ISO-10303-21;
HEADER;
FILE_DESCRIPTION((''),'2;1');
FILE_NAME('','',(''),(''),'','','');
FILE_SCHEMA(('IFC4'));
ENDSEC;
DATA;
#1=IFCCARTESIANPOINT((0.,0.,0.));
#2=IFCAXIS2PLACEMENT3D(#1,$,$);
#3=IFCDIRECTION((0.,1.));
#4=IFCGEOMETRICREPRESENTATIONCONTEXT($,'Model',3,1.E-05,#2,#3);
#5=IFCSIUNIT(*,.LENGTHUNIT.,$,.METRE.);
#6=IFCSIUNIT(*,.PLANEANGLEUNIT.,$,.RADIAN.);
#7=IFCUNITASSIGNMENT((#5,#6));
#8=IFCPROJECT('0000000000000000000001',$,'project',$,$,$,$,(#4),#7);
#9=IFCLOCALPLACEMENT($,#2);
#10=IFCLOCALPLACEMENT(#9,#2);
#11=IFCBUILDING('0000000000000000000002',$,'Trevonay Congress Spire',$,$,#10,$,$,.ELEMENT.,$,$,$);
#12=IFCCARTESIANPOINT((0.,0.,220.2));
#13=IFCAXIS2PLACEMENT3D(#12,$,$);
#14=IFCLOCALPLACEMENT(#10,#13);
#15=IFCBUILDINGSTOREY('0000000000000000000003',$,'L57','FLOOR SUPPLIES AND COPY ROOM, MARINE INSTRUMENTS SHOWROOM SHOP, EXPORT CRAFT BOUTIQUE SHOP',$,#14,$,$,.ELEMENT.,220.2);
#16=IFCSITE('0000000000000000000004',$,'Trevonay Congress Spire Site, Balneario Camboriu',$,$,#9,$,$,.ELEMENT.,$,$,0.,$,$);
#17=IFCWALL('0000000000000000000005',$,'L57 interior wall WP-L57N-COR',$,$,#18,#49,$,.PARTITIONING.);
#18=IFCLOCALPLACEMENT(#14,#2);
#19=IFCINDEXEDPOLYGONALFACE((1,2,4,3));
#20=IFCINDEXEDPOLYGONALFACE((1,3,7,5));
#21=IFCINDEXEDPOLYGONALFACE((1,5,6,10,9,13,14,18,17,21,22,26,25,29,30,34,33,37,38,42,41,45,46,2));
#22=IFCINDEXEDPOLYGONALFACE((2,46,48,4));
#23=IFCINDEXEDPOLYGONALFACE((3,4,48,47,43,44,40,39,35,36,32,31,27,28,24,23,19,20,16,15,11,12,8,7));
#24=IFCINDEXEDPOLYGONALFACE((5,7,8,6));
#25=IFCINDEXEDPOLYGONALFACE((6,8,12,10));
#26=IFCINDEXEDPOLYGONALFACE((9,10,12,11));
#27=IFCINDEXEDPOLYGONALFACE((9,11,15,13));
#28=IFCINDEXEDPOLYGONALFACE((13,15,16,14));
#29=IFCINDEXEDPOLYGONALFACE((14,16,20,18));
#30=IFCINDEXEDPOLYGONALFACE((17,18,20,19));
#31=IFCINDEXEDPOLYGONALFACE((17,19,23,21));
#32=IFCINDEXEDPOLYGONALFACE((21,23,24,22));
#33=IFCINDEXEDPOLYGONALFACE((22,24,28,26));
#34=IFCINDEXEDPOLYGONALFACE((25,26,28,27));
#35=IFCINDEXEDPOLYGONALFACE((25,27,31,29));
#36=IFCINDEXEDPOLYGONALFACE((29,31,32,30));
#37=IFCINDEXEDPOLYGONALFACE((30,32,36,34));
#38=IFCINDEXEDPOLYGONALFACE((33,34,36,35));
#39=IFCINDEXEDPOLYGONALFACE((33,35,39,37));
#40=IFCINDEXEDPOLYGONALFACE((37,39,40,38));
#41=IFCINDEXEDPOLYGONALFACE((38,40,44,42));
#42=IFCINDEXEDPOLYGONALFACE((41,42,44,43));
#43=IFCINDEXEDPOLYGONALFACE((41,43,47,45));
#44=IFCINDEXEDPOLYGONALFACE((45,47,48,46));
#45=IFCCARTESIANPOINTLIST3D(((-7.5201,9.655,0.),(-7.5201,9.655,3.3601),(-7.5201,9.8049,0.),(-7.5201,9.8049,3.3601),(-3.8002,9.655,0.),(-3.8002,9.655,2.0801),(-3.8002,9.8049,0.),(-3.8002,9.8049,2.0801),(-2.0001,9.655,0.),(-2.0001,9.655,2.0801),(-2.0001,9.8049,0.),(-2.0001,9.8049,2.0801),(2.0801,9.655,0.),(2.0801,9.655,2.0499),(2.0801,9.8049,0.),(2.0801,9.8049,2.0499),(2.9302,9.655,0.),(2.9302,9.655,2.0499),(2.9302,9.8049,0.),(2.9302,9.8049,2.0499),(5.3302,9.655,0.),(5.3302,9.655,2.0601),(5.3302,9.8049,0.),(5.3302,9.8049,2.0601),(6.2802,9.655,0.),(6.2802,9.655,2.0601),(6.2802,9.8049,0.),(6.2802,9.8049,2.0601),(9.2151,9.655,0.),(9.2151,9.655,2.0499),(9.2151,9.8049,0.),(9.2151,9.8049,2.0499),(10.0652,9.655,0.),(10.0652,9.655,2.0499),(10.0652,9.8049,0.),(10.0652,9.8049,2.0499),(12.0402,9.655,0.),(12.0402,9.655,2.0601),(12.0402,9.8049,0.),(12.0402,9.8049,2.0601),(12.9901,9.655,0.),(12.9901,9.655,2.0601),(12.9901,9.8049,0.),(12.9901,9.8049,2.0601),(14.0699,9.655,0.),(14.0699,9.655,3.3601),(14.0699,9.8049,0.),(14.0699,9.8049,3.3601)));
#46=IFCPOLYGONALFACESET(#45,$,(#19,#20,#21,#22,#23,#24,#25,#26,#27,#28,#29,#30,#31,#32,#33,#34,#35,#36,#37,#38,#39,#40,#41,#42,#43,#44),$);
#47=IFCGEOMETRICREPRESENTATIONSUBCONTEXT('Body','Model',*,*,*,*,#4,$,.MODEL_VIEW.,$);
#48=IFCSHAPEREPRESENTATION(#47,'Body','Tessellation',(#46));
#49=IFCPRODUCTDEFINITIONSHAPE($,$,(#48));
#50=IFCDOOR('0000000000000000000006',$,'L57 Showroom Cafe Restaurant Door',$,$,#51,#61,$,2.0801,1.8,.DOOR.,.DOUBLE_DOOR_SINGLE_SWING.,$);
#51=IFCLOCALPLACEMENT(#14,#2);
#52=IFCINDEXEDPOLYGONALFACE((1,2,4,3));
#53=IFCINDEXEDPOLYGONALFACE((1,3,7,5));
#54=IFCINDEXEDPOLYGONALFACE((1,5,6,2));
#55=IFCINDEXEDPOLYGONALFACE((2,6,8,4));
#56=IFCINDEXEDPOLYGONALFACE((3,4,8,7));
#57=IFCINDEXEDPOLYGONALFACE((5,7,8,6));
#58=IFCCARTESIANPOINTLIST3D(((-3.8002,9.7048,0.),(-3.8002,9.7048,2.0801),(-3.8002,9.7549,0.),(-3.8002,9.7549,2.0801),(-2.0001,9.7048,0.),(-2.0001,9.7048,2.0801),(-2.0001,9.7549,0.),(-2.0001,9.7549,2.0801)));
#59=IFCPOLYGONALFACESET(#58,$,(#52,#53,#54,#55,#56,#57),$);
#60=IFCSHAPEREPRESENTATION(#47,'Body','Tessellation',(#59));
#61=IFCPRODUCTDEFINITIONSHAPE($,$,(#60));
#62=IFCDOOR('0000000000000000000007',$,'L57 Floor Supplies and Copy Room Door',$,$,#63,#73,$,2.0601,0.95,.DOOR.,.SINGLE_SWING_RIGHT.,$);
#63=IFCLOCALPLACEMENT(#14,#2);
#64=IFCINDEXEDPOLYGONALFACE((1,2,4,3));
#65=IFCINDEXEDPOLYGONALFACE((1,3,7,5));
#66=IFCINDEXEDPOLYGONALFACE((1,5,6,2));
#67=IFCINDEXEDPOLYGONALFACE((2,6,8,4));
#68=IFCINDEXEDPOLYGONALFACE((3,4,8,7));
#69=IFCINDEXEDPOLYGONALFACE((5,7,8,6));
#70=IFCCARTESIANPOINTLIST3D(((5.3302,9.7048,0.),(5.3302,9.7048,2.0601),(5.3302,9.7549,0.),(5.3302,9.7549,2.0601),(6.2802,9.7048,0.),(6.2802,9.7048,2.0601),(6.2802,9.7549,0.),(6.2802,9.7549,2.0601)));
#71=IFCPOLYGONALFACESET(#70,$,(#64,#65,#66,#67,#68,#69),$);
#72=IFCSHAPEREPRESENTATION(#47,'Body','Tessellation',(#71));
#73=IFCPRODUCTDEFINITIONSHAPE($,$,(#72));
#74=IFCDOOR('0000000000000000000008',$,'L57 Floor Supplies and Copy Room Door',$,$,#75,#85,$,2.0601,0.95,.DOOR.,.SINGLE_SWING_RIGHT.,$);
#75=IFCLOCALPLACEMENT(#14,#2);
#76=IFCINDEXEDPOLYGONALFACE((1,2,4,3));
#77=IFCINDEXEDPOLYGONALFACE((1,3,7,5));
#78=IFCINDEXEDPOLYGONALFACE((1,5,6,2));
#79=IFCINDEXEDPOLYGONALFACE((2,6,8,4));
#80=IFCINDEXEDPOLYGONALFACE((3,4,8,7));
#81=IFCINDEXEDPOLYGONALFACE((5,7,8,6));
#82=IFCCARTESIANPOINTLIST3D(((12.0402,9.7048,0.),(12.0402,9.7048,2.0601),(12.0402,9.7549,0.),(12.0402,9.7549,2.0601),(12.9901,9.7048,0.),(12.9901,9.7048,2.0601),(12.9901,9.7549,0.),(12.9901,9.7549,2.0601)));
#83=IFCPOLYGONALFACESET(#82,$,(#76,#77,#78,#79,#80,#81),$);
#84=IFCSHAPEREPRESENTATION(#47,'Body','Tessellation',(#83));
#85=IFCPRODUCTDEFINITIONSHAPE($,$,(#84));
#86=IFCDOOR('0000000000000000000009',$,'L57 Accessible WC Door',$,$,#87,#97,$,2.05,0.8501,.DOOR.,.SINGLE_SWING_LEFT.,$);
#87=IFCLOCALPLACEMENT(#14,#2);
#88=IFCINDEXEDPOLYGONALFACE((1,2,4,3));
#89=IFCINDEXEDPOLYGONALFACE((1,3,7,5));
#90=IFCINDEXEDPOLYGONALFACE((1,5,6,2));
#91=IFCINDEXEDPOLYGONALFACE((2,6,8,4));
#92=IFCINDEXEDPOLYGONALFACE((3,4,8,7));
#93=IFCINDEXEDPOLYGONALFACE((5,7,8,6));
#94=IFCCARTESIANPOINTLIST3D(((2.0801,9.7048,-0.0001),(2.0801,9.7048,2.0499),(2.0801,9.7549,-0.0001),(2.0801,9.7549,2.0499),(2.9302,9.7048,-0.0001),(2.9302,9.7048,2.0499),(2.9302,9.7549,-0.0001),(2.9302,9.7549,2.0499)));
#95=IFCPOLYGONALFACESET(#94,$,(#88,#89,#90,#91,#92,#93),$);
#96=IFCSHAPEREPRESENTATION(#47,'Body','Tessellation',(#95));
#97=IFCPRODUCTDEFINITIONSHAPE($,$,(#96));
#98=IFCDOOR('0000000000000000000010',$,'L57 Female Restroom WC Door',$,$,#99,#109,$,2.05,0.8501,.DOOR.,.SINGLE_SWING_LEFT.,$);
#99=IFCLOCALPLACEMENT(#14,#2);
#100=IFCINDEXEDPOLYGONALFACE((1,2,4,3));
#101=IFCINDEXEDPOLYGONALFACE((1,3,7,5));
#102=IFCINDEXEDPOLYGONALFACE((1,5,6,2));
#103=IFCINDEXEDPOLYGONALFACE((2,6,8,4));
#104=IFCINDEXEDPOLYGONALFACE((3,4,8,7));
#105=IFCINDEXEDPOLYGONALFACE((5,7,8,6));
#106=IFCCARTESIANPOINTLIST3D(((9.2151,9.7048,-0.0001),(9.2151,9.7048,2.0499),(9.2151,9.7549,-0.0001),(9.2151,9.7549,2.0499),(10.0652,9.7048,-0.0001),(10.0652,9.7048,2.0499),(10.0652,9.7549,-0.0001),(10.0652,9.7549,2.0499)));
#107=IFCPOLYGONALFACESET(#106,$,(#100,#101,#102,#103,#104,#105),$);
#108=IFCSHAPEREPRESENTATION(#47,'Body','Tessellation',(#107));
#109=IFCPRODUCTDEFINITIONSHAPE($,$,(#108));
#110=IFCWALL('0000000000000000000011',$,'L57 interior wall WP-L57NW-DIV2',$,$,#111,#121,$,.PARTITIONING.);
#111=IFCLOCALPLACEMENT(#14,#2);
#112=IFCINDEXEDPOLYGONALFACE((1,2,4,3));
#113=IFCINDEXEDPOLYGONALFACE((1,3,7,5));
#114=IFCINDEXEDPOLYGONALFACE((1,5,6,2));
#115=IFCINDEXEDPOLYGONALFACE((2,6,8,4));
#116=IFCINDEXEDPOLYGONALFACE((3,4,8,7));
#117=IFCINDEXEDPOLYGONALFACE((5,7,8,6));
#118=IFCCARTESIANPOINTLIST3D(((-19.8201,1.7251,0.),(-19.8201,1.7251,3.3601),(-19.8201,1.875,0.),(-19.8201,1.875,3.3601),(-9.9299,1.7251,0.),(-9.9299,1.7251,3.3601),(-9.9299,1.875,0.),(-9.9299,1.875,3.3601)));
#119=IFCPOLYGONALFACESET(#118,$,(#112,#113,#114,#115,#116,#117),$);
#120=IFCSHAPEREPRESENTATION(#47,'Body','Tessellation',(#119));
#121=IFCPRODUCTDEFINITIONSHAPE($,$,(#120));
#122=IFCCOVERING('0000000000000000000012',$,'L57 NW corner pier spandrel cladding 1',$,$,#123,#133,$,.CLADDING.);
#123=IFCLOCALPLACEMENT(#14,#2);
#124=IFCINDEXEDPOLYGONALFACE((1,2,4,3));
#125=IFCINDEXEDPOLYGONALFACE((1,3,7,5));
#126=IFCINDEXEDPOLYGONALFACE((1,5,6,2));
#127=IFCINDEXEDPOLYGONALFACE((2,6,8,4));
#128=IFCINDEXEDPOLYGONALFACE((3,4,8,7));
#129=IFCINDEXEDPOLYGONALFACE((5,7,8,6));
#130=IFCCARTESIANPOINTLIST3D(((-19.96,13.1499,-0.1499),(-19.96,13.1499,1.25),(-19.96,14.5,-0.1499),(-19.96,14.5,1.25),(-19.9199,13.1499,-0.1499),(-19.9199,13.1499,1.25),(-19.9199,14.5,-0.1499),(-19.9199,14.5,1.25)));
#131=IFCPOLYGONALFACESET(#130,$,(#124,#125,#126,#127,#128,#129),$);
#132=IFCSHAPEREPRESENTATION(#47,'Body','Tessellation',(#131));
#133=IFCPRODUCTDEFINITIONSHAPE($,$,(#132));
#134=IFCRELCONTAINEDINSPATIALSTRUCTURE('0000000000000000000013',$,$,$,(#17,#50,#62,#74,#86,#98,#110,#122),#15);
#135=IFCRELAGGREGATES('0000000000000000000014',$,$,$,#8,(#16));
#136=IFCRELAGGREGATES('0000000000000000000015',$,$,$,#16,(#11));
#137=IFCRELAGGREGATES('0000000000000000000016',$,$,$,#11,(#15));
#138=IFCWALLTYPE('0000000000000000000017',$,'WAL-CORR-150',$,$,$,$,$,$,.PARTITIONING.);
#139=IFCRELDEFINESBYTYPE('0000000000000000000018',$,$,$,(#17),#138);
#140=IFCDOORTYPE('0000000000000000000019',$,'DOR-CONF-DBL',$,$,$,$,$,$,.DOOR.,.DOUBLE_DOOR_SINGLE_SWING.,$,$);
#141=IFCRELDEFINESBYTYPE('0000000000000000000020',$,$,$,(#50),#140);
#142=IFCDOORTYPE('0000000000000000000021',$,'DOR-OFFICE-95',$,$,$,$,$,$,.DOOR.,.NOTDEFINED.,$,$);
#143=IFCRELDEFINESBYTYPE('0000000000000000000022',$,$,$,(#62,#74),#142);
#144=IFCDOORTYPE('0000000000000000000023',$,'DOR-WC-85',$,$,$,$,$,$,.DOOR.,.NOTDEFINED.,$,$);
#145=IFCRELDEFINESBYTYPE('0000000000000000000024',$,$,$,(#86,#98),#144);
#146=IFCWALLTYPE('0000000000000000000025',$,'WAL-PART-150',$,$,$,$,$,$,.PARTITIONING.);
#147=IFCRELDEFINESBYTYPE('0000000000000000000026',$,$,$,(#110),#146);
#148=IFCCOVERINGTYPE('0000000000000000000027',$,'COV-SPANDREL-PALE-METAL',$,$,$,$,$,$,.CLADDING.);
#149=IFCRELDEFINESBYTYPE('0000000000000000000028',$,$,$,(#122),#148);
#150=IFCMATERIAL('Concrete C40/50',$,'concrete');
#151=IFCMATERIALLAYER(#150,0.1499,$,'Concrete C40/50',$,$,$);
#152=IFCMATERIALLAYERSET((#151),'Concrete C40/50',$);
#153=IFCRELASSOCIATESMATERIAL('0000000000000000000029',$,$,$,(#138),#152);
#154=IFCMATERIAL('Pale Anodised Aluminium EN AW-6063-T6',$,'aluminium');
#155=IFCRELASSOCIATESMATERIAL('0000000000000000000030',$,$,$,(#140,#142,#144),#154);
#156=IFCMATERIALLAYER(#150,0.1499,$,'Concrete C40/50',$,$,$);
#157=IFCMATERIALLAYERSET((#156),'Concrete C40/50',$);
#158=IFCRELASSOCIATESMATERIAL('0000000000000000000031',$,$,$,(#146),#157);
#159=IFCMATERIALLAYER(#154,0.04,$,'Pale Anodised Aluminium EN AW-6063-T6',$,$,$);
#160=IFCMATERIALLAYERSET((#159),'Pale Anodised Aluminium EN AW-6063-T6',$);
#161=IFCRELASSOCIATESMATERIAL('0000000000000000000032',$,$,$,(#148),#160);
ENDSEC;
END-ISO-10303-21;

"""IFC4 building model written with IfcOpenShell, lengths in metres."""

from ifc_helpers import new_model, si_unit, direction, frame, frame_2d, origin, place, context, subcontext, project, spatial, rectangle, extrude, material, layer, layer_set, type_object, element, fill, save


model = new_model("IFC4")

# Units and contexts
model_context = context("Model", 3, precision=1e-05, world=origin(), true_north=direction((0.0, 1.0)))
body_context = subcontext(model_context, "Body", "Model", "MODEL_VIEW")
ifc_project = project(units=[si_unit("LENGTHUNIT", "METRE"), si_unit("PLANEANGLEUNIT", "RADIAN")], contexts=[model_context])

# Site, building, storey
site_placement = place(None, origin())
site = spatial("IfcSite", under=ifc_project, at=site_placement, Name="Trevonay Congress Spire Site, Balneario Camboriu", CompositionType="ELEMENT", RefElevation=0.0)
building_placement = place(site_placement, origin())
building = spatial("IfcBuilding", under=site, at=building_placement, Name="Trevonay Congress Spire", CompositionType="ELEMENT")
storey_placement = place(building_placement, frame((0.0, 0.0, 220.2)))
storey = spatial("IfcBuildingStorey", under=building, at=storey_placement, Name="L57", Description="FLOOR SUPPLIES AND COPY ROOM, MARINE INSTRUMENTS SHOWROOM SHOP, EXPORT CRAFT BOUTIQUE SHOP", CompositionType="ELEMENT", Elevation=220.2)

# Shared definitions
ifc_material_1 = material(Name="Pale Anodised Aluminium EN AW-6063-T6", Category="aluminium")

# Wall, openings, doors
ifc_material_2 = material(Name="Concrete C40/50", Category="concrete")
ifc_layer_1 = layer(ifc_material_2, 0.1499, Name="Concrete C40/50")
ifc_layer_set_1 = layer_set([ifc_layer_1], Name="Concrete C40/50")
wall_type_1 = type_object("IfcWallType", Name="WAL-CORR-150", PredefinedType="PARTITIONING", material=ifc_layer_set_1)
wall_1_placement = place(storey_placement, frame((-7.52, 9.73, 0.0), z_axis=(0.0, 0.0, 1.0), x_axis=(1.0, 0.0, 0.0)))
wall_1 = element("IfcWall", 1, at=wall_1_placement, inside=storey, type_object=wall_type_1, Name="L57 interior wall WP-L57N-COR", PredefinedType="PARTITIONING", context=body_context, shape_type="SweptSolid", body=[
    extrude(rectangle(XDim=21.5901, YDim=0.1499, at=frame_2d((10.7949, 0.0))), origin(), (0.0, 0.0, 1.0), 3.3601),
])
opening_1_placement = place(wall_1_placement, frame((3.72, 0.0, 0.0)))
opening_1 = element("IfcOpeningElement", 2, at=opening_1_placement, cuts=wall_1, PredefinedType="OPENING", context=body_context, shape_type="SweptSolid", body=[
    extrude(rectangle(XDim=1.8, YDim=2.0801, at=frame_2d((0.8999, 1.04))), frame((0.0, 0.085, 0.0), z_axis=(0.0, -1.0, 0.0), x_axis=(1.0, 0.0, 0.0)), (0.0, 0.0, 1.0), 0.1699),
])
opening_2_placement = place(wall_1_placement, frame((9.6001, 0.0, 0.0)))
opening_2 = element("IfcOpeningElement", 3, at=opening_2_placement, cuts=wall_1, PredefinedType="OPENING", context=body_context, shape_type="SweptSolid", body=[
    extrude(rectangle(XDim=0.8501, YDim=2.05, at=frame_2d((0.425, 1.0249))), frame((0.0, 0.085, 0.0), z_axis=(0.0, -1.0, 0.0), x_axis=(1.0, 0.0, 0.0)), (0.0, 0.0, 1.0), 0.1699),
])
opening_3_placement = place(wall_1_placement, frame((12.8501, 0.0, 0.0)))
opening_3 = element("IfcOpeningElement", 4, at=opening_3_placement, cuts=wall_1, PredefinedType="OPENING", context=body_context, shape_type="SweptSolid", body=[
    extrude(rectangle(XDim=0.95, YDim=2.0601, at=frame_2d((0.4751, 1.03))), frame((0.0, 0.085, 0.0), z_axis=(0.0, -1.0, 0.0), x_axis=(1.0, 0.0, 0.0)), (0.0, 0.0, 1.0), 0.1699),
])
opening_4_placement = place(wall_1_placement, frame((16.7351, 0.0, 0.0)))
opening_4 = element("IfcOpeningElement", 5, at=opening_4_placement, cuts=wall_1, PredefinedType="OPENING", context=body_context, shape_type="SweptSolid", body=[
    extrude(rectangle(XDim=0.8501, YDim=2.05, at=frame_2d((0.425, 1.0249))), frame((0.0, 0.085, 0.0), z_axis=(0.0, -1.0, 0.0), x_axis=(1.0, 0.0, 0.0)), (0.0, 0.0, 1.0), 0.1699),
])
opening_5_placement = place(wall_1_placement, frame((19.5601, 0.0, 0.0)))
opening_5 = element("IfcOpeningElement", 6, at=opening_5_placement, cuts=wall_1, PredefinedType="OPENING", context=body_context, shape_type="SweptSolid", body=[
    extrude(rectangle(XDim=0.95, YDim=2.0601, at=frame_2d((0.4751, 1.03))), frame((0.0, 0.085, 0.0), z_axis=(0.0, -1.0, 0.0), x_axis=(1.0, 0.0, 0.0)), (0.0, 0.0, 1.0), 0.1699),
])
door_type_1 = type_object("IfcDoorType", Name="DOR-CONF-DBL", OperationType="DOUBLE_DOOR_SINGLE_SWING", PredefinedType="DOOR", material=ifc_material_1)
door_1_placement = place(opening_1_placement, origin())
door_1 = element("IfcDoor", 7, at=door_1_placement, inside=storey, type_object=door_type_1, Name="L57 Showroom Cafe Restaurant Door", OperationType="DOUBLE_DOOR_SINGLE_SWING", OverallHeight=2.0801, OverallWidth=1.8, PredefinedType="DOOR", context=body_context, shape_type="SweptSolid", body=[
    extrude(rectangle(XDim=1.8, YDim=2.0801, at=frame_2d((0.8999, 1.04))), frame((0.0, 0.0249, 0.0), z_axis=(0.0, -1.0, 0.0), x_axis=(1.0, 0.0, 0.0)), (0.0, 0.0, 1.0), 0.05),
])
fill(opening_1, door_1)
door_type_2 = type_object("IfcDoorType", Name="DOR-OFFICE-95", OperationType="NOTDEFINED", PredefinedType="DOOR", material=ifc_material_1)
door_2_placement = place(opening_3_placement, origin())
door_2 = element("IfcDoor", 8, at=door_2_placement, inside=storey, type_object=door_type_2, Name="L57 Floor Supplies and Copy Room Door", OperationType="SINGLE_SWING_RIGHT", OverallHeight=2.0601, OverallWidth=0.95, PredefinedType="DOOR", context=body_context, shape_type="SweptSolid", body=[
    extrude(rectangle(XDim=0.95, YDim=2.0601, at=frame_2d((0.4751, 1.03))), frame((0.0, 0.0249, 0.0), z_axis=(0.0, -1.0, 0.0), x_axis=(1.0, 0.0, 0.0)), (0.0, 0.0, 1.0), 0.05),
])
fill(opening_3, door_2)
door_3_placement = place(opening_5_placement, origin())
door_3 = element("IfcDoor", 9, at=door_3_placement, inside=storey, type_object=door_type_2, Name="L57 Floor Supplies and Copy Room Door", OperationType="SINGLE_SWING_RIGHT", OverallHeight=2.0601, OverallWidth=0.95, PredefinedType="DOOR", context=body_context, shape_type="SweptSolid", body=[
    extrude(rectangle(XDim=0.95, YDim=2.0601, at=frame_2d((0.4751, 1.03))), frame((0.0, 0.0249, 0.0), z_axis=(0.0, -1.0, 0.0), x_axis=(1.0, 0.0, 0.0)), (0.0, 0.0, 1.0), 0.05),
])
fill(opening_5, door_3)
door_type_3 = type_object("IfcDoorType", Name="DOR-WC-85", OperationType="NOTDEFINED", PredefinedType="DOOR", material=ifc_material_1)
door_4_placement = place(opening_2_placement, origin())
door_4 = element("IfcDoor", 10, at=door_4_placement, inside=storey, type_object=door_type_3, Name="L57 Accessible WC Door", OperationType="SINGLE_SWING_LEFT", OverallHeight=2.05, OverallWidth=0.8501, PredefinedType="DOOR", context=body_context, shape_type="SweptSolid", body=[
    extrude(rectangle(XDim=0.8501, YDim=2.05, at=frame_2d((0.425, 1.0249))), frame((0.0, 0.0249, 0.0), z_axis=(0.0, -1.0, 0.0), x_axis=(1.0, 0.0, 0.0)), (0.0, 0.0, 1.0), 0.05),
])
fill(opening_2, door_4)
door_5_placement = place(opening_4_placement, origin())
door_5 = element("IfcDoor", 11, at=door_5_placement, inside=storey, type_object=door_type_3, Name="L57 Female Restroom WC Door", OperationType="SINGLE_SWING_LEFT", OverallHeight=2.05, OverallWidth=0.8501, PredefinedType="DOOR", context=body_context, shape_type="SweptSolid", body=[
    extrude(rectangle(XDim=0.8501, YDim=2.05, at=frame_2d((0.425, 1.0249))), frame((0.0, 0.0249, 0.0), z_axis=(0.0, -1.0, 0.0), x_axis=(1.0, 0.0, 0.0)), (0.0, 0.0, 1.0), 0.05),
])
fill(opening_4, door_5)

# Wall
ifc_layer_2 = layer(ifc_material_2, 0.1499, Name="Concrete C40/50")
ifc_layer_set_2 = layer_set([ifc_layer_2], Name="Concrete C40/50")
wall_type_2 = type_object("IfcWallType", Name="WAL-PART-150", PredefinedType="PARTITIONING", material=ifc_layer_set_2)
wall_2_placement = place(storey_placement, frame((-19.8201, 1.8, 0.0), z_axis=(0.0, 0.0, 1.0), x_axis=(1.0, 0.0, 0.0)))
element("IfcWall", 12, at=wall_2_placement, inside=storey, type_object=wall_type_2, Name="L57 interior wall WP-L57NW-DIV2", PredefinedType="PARTITIONING", context=body_context, shape_type="SweptSolid", body=[
    extrude(rectangle(XDim=9.8901, YDim=0.1499, at=frame_2d((4.9451, 0.0))), origin(), (0.0, 0.0, 1.0), 3.3601),
])

# Covering
ifc_layer_3 = layer(ifc_material_1, 0.04, Name="Pale Anodised Aluminium EN AW-6063-T6")
ifc_layer_set_3 = layer_set([ifc_layer_3], Name="Pale Anodised Aluminium EN AW-6063-T6")
covering_type = type_object("IfcCoveringType", Name="COV-SPANDREL-PALE-METAL", PredefinedType="CLADDING", material=ifc_layer_set_3)
covering_placement = place(storey_placement, frame((-19.9399, 13.1499, -0.1499), z_axis=(0.0, 0.0, 1.0), x_axis=(0.0, 1.0, 0.0)))
element("IfcCovering", 13, at=covering_placement, inside=storey, type_object=covering_type, Name="L57 NW corner pier spandrel cladding 1", PredefinedType="CLADDING", context=body_context, shape_type="SweptSolid", body=[
    extrude(rectangle(XDim=1.3501, YDim=0.04, at=frame_2d((0.675, 0.0))), origin(), (0.0, 0.0, 1.0), 1.3999),
])

save(model, "model.ifc")
